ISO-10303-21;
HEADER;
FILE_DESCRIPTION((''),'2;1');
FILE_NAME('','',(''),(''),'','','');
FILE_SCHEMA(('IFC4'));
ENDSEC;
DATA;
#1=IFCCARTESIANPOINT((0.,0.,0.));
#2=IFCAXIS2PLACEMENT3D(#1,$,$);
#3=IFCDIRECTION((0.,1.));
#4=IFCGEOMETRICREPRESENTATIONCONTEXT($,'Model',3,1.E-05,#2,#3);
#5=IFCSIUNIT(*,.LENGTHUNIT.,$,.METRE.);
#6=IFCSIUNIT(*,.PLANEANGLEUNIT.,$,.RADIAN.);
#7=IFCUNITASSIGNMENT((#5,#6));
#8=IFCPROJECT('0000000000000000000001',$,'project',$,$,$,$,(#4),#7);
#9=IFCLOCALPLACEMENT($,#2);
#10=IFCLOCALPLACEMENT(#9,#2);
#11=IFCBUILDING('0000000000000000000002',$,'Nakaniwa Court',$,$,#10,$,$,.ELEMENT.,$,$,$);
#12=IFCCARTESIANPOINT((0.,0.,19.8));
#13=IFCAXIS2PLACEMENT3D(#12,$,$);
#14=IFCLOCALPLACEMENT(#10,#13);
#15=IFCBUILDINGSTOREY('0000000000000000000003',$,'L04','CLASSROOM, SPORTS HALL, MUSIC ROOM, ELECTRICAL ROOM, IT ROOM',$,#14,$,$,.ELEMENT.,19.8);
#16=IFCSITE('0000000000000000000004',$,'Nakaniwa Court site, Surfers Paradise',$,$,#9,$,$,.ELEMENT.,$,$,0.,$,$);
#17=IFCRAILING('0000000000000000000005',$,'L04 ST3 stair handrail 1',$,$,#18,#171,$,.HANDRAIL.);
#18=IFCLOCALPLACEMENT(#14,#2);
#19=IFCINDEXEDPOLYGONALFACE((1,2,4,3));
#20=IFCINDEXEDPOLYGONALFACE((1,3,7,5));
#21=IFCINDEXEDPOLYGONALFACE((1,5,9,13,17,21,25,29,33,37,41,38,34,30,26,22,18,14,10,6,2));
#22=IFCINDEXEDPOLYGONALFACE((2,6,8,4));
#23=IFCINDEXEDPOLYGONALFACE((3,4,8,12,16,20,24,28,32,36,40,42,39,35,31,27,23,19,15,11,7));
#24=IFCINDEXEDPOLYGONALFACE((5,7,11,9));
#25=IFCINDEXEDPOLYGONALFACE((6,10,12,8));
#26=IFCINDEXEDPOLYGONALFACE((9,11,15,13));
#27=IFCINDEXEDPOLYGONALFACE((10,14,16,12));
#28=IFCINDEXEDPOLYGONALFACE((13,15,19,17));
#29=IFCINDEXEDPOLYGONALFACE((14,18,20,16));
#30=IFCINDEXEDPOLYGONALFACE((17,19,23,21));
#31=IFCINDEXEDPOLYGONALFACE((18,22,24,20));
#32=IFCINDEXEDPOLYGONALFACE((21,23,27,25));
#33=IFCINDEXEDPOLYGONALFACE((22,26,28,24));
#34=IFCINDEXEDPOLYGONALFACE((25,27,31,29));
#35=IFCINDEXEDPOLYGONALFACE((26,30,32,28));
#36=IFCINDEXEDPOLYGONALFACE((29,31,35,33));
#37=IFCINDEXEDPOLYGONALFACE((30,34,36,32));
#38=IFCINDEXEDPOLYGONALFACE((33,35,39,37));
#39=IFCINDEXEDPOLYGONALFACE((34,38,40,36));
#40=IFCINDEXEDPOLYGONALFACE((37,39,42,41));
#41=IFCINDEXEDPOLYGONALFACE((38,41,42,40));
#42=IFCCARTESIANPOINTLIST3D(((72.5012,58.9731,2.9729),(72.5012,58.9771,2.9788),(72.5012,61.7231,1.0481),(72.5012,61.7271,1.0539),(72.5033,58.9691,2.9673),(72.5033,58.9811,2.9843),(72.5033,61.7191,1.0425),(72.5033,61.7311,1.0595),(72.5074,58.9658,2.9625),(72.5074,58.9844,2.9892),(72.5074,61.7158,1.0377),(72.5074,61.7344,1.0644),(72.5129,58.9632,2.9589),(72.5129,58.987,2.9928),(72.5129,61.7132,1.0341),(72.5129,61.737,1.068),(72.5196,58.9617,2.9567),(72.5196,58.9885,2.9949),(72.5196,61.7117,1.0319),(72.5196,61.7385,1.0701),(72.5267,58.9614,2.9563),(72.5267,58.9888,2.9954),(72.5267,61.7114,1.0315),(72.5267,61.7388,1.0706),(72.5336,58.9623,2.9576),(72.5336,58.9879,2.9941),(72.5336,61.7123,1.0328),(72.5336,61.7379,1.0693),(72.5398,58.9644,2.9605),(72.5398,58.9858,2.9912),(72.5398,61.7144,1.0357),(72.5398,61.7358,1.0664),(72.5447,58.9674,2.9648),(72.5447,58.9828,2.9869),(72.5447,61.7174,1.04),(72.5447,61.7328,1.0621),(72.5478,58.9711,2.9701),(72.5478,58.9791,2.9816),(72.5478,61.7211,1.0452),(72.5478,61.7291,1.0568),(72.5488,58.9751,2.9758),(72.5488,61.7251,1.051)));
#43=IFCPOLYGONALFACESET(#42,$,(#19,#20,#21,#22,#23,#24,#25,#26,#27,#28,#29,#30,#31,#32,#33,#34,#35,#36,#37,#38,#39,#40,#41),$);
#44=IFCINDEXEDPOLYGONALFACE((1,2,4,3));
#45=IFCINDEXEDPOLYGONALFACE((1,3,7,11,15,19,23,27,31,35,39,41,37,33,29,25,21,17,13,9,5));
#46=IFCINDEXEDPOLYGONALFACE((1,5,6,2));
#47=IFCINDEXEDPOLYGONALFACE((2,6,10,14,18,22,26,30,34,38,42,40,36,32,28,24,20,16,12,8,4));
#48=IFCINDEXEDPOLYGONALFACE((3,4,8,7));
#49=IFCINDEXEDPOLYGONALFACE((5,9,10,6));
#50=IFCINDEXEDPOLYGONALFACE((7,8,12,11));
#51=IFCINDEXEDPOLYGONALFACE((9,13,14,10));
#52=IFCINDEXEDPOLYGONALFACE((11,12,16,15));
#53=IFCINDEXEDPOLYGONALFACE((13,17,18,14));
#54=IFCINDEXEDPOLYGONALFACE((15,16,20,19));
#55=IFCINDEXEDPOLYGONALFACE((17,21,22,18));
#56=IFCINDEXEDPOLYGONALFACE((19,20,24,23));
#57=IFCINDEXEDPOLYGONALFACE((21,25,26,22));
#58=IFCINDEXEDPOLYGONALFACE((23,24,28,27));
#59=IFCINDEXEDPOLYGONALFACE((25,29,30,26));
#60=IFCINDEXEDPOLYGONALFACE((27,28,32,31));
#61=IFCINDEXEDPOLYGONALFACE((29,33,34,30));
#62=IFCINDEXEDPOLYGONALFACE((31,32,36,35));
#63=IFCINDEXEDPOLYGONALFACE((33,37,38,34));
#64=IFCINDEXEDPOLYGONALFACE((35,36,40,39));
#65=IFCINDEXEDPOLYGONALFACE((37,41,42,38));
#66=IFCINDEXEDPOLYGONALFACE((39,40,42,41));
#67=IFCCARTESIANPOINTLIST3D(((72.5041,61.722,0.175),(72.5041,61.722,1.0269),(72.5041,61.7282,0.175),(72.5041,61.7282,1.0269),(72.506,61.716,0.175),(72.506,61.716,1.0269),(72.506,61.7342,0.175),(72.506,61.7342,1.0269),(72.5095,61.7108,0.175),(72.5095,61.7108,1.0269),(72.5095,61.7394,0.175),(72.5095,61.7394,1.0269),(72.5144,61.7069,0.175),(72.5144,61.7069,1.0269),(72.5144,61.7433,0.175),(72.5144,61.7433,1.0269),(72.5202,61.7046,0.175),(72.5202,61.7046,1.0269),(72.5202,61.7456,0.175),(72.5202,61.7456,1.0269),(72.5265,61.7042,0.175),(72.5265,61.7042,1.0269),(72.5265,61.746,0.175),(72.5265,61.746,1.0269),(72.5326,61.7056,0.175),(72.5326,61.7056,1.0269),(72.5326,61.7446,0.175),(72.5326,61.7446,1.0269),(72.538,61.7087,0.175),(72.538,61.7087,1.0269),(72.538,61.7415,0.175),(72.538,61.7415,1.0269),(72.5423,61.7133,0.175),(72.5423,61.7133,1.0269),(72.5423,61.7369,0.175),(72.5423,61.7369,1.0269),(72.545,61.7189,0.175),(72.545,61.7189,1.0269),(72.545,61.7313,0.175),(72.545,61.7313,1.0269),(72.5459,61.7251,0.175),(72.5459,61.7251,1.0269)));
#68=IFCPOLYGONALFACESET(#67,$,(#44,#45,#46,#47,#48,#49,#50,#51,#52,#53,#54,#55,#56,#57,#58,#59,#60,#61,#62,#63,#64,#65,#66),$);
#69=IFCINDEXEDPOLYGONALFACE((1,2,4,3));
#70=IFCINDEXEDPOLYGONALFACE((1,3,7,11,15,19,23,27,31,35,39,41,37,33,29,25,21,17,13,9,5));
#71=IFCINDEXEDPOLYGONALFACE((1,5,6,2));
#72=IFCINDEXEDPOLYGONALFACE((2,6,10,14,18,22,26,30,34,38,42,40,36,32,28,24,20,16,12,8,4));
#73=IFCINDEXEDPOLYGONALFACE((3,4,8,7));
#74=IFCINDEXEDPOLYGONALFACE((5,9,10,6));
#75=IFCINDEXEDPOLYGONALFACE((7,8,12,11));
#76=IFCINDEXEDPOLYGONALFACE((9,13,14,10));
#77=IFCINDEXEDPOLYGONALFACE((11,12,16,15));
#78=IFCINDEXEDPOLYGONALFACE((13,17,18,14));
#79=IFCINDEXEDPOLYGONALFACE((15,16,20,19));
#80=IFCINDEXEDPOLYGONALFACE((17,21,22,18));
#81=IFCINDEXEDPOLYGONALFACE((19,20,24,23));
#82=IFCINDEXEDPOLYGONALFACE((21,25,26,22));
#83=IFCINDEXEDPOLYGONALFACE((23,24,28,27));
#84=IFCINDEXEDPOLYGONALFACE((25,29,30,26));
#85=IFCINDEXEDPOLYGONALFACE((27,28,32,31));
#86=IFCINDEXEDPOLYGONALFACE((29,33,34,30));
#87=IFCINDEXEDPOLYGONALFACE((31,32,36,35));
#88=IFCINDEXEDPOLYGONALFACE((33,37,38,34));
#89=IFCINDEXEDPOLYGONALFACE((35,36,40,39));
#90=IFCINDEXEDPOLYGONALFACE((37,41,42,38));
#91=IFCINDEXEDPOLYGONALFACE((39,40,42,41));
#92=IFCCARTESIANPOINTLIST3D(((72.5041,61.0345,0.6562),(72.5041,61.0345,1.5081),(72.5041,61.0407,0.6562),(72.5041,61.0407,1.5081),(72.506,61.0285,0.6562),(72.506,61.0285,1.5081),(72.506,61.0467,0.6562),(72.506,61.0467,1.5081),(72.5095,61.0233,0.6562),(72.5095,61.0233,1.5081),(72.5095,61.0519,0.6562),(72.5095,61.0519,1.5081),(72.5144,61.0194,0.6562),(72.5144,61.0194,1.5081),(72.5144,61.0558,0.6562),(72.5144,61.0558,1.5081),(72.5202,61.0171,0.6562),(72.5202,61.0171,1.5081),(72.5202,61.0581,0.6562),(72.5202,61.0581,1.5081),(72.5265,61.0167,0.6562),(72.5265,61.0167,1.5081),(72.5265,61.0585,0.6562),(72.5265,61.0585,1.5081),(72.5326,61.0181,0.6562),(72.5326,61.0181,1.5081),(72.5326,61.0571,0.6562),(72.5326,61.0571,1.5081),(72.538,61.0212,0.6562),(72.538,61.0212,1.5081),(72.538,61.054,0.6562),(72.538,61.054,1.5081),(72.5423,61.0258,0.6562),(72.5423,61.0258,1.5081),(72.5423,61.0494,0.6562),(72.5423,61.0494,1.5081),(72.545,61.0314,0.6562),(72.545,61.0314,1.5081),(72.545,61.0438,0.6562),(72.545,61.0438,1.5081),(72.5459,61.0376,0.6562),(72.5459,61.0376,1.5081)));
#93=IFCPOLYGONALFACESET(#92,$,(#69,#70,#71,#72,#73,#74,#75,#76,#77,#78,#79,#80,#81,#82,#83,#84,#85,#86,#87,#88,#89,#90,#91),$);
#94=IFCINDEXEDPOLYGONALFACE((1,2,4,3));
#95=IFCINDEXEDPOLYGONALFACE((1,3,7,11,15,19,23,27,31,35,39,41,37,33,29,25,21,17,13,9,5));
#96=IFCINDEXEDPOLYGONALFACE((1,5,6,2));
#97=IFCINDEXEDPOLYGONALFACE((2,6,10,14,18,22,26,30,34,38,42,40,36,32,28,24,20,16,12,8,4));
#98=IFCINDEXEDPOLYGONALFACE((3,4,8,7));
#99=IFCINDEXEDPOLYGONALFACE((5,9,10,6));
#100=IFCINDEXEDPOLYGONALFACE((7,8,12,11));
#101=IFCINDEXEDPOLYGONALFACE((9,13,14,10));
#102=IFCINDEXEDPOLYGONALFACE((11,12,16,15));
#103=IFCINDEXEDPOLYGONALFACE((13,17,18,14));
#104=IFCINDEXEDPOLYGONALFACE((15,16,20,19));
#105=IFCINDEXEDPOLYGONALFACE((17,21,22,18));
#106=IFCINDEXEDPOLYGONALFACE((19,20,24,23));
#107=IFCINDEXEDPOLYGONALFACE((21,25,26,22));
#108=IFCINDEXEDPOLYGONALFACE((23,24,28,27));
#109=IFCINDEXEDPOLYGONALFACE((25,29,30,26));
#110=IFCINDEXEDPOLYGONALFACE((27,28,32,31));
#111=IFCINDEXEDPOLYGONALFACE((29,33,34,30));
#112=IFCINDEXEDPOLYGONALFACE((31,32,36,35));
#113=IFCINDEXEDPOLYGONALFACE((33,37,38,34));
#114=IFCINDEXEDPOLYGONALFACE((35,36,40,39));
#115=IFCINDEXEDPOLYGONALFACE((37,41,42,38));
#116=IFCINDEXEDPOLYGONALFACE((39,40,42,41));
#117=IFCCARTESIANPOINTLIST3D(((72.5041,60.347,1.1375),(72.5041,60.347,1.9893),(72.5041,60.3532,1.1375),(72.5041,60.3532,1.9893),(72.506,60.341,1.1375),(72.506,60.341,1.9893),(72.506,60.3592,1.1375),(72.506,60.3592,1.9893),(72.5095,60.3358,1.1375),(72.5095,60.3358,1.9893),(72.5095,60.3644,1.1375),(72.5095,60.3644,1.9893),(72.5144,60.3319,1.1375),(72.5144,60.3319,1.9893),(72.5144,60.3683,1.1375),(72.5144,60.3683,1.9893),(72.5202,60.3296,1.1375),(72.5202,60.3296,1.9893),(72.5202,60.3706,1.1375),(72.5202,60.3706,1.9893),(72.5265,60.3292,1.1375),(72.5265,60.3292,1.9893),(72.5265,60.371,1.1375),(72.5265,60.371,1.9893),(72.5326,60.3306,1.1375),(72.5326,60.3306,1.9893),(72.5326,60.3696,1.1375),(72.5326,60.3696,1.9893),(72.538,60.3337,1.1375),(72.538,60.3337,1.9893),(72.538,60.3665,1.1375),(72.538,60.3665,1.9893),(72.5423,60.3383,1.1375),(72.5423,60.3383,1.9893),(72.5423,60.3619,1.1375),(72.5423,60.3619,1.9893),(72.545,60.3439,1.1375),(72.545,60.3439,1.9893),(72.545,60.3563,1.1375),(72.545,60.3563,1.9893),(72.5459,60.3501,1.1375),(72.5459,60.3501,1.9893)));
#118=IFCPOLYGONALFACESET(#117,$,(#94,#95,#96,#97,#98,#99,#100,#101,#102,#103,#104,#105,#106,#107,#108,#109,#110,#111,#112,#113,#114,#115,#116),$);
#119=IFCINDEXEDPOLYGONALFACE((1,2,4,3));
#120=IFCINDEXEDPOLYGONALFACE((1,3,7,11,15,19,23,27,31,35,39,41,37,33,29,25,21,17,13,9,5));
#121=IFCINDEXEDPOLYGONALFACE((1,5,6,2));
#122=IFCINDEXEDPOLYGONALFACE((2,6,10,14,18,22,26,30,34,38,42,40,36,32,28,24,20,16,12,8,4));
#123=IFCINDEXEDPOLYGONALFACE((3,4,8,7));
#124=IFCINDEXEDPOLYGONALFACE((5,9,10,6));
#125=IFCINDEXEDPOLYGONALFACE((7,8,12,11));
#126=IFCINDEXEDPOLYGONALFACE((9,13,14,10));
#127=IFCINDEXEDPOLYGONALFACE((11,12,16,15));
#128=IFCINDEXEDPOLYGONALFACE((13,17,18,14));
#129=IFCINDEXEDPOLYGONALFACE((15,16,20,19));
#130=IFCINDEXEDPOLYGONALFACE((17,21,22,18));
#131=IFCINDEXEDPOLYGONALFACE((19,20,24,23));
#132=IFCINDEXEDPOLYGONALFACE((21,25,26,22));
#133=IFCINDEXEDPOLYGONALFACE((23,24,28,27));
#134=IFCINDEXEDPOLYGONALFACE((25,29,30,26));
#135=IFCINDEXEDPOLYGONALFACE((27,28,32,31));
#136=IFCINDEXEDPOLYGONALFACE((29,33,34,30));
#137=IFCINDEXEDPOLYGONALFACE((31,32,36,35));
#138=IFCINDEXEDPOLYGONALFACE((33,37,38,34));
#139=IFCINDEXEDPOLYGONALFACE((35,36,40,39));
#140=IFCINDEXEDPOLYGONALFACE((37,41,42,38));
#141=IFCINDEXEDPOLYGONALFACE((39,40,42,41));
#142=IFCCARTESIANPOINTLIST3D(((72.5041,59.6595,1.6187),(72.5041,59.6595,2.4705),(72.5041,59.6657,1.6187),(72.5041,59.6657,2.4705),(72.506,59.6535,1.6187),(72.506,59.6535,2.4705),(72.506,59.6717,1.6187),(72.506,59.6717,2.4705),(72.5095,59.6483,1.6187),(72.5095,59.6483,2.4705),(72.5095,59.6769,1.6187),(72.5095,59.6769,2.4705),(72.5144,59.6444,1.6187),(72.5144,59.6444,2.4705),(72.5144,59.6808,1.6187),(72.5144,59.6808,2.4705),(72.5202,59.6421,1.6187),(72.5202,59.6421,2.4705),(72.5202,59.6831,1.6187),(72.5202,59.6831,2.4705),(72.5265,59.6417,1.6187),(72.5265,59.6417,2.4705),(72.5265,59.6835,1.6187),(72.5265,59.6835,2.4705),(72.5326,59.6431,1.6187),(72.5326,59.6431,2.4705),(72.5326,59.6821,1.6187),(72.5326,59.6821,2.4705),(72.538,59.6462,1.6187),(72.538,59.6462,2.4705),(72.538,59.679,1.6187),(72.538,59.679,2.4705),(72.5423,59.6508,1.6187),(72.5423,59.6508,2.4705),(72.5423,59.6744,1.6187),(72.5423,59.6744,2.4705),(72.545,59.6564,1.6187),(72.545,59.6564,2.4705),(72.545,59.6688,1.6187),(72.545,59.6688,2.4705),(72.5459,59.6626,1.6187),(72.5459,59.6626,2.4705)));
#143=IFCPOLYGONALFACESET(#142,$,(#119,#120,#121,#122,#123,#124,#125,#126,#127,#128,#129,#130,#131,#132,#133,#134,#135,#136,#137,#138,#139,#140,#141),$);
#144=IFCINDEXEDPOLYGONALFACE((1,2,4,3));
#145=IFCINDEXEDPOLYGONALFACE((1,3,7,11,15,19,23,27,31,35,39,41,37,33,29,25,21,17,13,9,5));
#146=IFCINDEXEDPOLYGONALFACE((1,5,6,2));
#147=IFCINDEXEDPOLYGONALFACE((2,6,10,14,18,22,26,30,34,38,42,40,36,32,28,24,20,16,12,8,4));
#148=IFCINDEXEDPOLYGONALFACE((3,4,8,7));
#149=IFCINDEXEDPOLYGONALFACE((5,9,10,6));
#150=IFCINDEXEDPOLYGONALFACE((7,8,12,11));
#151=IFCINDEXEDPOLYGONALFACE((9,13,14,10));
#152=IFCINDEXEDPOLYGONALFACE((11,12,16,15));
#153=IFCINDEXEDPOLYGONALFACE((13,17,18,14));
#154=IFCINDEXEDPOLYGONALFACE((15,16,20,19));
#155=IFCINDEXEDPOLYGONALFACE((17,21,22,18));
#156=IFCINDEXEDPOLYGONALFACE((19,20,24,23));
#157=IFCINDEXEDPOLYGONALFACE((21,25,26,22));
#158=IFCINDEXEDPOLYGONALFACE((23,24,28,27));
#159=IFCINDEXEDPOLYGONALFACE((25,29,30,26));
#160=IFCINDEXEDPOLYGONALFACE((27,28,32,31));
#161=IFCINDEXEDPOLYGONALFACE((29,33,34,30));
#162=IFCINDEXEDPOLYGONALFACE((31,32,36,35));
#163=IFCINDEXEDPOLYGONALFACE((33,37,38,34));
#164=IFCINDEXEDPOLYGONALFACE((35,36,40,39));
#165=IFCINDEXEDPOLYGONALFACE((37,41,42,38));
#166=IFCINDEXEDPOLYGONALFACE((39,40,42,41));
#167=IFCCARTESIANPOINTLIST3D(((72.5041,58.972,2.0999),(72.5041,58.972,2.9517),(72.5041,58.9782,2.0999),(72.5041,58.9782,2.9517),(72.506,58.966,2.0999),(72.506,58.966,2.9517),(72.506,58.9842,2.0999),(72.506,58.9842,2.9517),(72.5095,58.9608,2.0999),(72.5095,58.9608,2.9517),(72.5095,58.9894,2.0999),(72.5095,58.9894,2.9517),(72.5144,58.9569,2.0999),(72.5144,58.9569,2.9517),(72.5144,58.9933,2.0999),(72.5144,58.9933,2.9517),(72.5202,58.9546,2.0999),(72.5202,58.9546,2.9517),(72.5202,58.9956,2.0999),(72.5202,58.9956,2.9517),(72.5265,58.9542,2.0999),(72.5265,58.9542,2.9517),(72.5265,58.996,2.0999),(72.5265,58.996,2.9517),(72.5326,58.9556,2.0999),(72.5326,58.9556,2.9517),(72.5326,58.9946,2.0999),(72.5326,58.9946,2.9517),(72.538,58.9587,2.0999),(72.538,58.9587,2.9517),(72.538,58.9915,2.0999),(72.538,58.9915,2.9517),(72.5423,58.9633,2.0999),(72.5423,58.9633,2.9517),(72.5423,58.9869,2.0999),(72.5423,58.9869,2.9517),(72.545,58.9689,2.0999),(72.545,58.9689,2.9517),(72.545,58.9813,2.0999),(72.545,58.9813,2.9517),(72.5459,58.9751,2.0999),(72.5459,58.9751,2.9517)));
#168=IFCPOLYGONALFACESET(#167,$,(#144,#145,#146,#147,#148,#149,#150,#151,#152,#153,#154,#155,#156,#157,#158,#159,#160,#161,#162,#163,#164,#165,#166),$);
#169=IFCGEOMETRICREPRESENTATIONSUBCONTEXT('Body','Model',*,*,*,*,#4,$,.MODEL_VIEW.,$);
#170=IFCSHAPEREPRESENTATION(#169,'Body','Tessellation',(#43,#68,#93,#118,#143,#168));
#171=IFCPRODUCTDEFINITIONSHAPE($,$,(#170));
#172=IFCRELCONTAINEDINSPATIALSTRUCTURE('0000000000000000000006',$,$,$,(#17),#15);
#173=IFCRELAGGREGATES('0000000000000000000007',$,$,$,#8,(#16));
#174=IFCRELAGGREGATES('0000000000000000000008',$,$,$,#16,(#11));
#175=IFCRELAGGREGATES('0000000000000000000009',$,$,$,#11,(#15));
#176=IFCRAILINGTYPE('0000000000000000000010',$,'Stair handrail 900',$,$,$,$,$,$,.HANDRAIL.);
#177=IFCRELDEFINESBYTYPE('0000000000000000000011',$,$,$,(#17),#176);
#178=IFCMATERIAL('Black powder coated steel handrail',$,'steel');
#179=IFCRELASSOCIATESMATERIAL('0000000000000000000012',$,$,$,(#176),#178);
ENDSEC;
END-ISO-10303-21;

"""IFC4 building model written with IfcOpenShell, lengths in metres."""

from ifc_helpers import new_model, si_unit, direction, frame, origin, origin_2d, place, context, subcontext, project, spatial, circle, extrude, material, type_object, element, save


model = new_model("IFC4")

# Units and contexts
model_context = context("Model", 3, precision=1e-05, world=origin(), true_north=direction((0.0, 1.0)))
body_context = subcontext(model_context, "Body", "Model", "MODEL_VIEW")
ifc_project = project(units=[si_unit("LENGTHUNIT", "METRE"), si_unit("PLANEANGLEUNIT", "RADIAN")], contexts=[model_context])

# Site, building, storey
site_placement = place(None, origin())
site = spatial("IfcSite", under=ifc_project, at=site_placement, Name="Nakaniwa Court site, Surfers Paradise", CompositionType="ELEMENT", RefElevation=0.0)
building_placement = place(site_placement, origin())
building = spatial("IfcBuilding", under=site, at=building_placement, Name="Nakaniwa Court", CompositionType="ELEMENT")
storey_placement = place(building_placement, frame((0.0, 0.0, 19.8)))
storey = spatial("IfcBuildingStorey", under=building, at=storey_placement, Name="L04", Description="CLASSROOM, SPORTS HALL, MUSIC ROOM, ELECTRICAL ROOM, IT ROOM", CompositionType="ELEMENT", Elevation=19.8)

# Railing
ifc_material_1 = material(Name="Black powder coated steel handrail", Category="steel")
railing_type_1 = type_object("IfcRailingType", Name="Stair handrail 900", PredefinedType="HANDRAIL", material=ifc_material_1)
railing_1_placement = place(storey_placement, frame((72.5249, 61.7251, 0.175)))
element("IfcRailing", 1, at=railing_1_placement, inside=storey, type_object=railing_type_1, Name="L04 ST3 stair handrail 1", PredefinedType="HANDRAIL", context=body_context, shape_type="SweptSolid", body=[
    extrude(circle(Radius=0.0239, at=origin_2d()), frame((0.0, 0.0, 0.876), z_axis=(0.0, -0.819259, 0.573423), x_axis=(1.0, 0.0, 0.0)), (0.0, 0.0, 1.0), 3.3567),
    extrude(circle(Radius=0.021, at=origin_2d()), origin(), (0.0, 0.0, 1.0), 0.8518),
    extrude(circle(Radius=0.021, at=origin_2d()), frame((0.0, -0.6875, 0.4812)), (0.0, 0.0, 1.0), 0.8518),
    extrude(circle(Radius=0.021, at=origin_2d()), frame((0.0, -1.375, 0.9624)), (0.0, 0.0, 1.0), 0.8518),
    extrude(circle(Radius=0.021, at=origin_2d()), frame((0.0, -2.0625, 1.4436)), (0.0, 0.0, 1.0), 0.8518),
    extrude(circle(Radius=0.021, at=origin_2d()), frame((0.0, -2.75, 1.9248)), (0.0, 0.0, 1.0), 0.8518),
])

save(model, "model.ifc")
